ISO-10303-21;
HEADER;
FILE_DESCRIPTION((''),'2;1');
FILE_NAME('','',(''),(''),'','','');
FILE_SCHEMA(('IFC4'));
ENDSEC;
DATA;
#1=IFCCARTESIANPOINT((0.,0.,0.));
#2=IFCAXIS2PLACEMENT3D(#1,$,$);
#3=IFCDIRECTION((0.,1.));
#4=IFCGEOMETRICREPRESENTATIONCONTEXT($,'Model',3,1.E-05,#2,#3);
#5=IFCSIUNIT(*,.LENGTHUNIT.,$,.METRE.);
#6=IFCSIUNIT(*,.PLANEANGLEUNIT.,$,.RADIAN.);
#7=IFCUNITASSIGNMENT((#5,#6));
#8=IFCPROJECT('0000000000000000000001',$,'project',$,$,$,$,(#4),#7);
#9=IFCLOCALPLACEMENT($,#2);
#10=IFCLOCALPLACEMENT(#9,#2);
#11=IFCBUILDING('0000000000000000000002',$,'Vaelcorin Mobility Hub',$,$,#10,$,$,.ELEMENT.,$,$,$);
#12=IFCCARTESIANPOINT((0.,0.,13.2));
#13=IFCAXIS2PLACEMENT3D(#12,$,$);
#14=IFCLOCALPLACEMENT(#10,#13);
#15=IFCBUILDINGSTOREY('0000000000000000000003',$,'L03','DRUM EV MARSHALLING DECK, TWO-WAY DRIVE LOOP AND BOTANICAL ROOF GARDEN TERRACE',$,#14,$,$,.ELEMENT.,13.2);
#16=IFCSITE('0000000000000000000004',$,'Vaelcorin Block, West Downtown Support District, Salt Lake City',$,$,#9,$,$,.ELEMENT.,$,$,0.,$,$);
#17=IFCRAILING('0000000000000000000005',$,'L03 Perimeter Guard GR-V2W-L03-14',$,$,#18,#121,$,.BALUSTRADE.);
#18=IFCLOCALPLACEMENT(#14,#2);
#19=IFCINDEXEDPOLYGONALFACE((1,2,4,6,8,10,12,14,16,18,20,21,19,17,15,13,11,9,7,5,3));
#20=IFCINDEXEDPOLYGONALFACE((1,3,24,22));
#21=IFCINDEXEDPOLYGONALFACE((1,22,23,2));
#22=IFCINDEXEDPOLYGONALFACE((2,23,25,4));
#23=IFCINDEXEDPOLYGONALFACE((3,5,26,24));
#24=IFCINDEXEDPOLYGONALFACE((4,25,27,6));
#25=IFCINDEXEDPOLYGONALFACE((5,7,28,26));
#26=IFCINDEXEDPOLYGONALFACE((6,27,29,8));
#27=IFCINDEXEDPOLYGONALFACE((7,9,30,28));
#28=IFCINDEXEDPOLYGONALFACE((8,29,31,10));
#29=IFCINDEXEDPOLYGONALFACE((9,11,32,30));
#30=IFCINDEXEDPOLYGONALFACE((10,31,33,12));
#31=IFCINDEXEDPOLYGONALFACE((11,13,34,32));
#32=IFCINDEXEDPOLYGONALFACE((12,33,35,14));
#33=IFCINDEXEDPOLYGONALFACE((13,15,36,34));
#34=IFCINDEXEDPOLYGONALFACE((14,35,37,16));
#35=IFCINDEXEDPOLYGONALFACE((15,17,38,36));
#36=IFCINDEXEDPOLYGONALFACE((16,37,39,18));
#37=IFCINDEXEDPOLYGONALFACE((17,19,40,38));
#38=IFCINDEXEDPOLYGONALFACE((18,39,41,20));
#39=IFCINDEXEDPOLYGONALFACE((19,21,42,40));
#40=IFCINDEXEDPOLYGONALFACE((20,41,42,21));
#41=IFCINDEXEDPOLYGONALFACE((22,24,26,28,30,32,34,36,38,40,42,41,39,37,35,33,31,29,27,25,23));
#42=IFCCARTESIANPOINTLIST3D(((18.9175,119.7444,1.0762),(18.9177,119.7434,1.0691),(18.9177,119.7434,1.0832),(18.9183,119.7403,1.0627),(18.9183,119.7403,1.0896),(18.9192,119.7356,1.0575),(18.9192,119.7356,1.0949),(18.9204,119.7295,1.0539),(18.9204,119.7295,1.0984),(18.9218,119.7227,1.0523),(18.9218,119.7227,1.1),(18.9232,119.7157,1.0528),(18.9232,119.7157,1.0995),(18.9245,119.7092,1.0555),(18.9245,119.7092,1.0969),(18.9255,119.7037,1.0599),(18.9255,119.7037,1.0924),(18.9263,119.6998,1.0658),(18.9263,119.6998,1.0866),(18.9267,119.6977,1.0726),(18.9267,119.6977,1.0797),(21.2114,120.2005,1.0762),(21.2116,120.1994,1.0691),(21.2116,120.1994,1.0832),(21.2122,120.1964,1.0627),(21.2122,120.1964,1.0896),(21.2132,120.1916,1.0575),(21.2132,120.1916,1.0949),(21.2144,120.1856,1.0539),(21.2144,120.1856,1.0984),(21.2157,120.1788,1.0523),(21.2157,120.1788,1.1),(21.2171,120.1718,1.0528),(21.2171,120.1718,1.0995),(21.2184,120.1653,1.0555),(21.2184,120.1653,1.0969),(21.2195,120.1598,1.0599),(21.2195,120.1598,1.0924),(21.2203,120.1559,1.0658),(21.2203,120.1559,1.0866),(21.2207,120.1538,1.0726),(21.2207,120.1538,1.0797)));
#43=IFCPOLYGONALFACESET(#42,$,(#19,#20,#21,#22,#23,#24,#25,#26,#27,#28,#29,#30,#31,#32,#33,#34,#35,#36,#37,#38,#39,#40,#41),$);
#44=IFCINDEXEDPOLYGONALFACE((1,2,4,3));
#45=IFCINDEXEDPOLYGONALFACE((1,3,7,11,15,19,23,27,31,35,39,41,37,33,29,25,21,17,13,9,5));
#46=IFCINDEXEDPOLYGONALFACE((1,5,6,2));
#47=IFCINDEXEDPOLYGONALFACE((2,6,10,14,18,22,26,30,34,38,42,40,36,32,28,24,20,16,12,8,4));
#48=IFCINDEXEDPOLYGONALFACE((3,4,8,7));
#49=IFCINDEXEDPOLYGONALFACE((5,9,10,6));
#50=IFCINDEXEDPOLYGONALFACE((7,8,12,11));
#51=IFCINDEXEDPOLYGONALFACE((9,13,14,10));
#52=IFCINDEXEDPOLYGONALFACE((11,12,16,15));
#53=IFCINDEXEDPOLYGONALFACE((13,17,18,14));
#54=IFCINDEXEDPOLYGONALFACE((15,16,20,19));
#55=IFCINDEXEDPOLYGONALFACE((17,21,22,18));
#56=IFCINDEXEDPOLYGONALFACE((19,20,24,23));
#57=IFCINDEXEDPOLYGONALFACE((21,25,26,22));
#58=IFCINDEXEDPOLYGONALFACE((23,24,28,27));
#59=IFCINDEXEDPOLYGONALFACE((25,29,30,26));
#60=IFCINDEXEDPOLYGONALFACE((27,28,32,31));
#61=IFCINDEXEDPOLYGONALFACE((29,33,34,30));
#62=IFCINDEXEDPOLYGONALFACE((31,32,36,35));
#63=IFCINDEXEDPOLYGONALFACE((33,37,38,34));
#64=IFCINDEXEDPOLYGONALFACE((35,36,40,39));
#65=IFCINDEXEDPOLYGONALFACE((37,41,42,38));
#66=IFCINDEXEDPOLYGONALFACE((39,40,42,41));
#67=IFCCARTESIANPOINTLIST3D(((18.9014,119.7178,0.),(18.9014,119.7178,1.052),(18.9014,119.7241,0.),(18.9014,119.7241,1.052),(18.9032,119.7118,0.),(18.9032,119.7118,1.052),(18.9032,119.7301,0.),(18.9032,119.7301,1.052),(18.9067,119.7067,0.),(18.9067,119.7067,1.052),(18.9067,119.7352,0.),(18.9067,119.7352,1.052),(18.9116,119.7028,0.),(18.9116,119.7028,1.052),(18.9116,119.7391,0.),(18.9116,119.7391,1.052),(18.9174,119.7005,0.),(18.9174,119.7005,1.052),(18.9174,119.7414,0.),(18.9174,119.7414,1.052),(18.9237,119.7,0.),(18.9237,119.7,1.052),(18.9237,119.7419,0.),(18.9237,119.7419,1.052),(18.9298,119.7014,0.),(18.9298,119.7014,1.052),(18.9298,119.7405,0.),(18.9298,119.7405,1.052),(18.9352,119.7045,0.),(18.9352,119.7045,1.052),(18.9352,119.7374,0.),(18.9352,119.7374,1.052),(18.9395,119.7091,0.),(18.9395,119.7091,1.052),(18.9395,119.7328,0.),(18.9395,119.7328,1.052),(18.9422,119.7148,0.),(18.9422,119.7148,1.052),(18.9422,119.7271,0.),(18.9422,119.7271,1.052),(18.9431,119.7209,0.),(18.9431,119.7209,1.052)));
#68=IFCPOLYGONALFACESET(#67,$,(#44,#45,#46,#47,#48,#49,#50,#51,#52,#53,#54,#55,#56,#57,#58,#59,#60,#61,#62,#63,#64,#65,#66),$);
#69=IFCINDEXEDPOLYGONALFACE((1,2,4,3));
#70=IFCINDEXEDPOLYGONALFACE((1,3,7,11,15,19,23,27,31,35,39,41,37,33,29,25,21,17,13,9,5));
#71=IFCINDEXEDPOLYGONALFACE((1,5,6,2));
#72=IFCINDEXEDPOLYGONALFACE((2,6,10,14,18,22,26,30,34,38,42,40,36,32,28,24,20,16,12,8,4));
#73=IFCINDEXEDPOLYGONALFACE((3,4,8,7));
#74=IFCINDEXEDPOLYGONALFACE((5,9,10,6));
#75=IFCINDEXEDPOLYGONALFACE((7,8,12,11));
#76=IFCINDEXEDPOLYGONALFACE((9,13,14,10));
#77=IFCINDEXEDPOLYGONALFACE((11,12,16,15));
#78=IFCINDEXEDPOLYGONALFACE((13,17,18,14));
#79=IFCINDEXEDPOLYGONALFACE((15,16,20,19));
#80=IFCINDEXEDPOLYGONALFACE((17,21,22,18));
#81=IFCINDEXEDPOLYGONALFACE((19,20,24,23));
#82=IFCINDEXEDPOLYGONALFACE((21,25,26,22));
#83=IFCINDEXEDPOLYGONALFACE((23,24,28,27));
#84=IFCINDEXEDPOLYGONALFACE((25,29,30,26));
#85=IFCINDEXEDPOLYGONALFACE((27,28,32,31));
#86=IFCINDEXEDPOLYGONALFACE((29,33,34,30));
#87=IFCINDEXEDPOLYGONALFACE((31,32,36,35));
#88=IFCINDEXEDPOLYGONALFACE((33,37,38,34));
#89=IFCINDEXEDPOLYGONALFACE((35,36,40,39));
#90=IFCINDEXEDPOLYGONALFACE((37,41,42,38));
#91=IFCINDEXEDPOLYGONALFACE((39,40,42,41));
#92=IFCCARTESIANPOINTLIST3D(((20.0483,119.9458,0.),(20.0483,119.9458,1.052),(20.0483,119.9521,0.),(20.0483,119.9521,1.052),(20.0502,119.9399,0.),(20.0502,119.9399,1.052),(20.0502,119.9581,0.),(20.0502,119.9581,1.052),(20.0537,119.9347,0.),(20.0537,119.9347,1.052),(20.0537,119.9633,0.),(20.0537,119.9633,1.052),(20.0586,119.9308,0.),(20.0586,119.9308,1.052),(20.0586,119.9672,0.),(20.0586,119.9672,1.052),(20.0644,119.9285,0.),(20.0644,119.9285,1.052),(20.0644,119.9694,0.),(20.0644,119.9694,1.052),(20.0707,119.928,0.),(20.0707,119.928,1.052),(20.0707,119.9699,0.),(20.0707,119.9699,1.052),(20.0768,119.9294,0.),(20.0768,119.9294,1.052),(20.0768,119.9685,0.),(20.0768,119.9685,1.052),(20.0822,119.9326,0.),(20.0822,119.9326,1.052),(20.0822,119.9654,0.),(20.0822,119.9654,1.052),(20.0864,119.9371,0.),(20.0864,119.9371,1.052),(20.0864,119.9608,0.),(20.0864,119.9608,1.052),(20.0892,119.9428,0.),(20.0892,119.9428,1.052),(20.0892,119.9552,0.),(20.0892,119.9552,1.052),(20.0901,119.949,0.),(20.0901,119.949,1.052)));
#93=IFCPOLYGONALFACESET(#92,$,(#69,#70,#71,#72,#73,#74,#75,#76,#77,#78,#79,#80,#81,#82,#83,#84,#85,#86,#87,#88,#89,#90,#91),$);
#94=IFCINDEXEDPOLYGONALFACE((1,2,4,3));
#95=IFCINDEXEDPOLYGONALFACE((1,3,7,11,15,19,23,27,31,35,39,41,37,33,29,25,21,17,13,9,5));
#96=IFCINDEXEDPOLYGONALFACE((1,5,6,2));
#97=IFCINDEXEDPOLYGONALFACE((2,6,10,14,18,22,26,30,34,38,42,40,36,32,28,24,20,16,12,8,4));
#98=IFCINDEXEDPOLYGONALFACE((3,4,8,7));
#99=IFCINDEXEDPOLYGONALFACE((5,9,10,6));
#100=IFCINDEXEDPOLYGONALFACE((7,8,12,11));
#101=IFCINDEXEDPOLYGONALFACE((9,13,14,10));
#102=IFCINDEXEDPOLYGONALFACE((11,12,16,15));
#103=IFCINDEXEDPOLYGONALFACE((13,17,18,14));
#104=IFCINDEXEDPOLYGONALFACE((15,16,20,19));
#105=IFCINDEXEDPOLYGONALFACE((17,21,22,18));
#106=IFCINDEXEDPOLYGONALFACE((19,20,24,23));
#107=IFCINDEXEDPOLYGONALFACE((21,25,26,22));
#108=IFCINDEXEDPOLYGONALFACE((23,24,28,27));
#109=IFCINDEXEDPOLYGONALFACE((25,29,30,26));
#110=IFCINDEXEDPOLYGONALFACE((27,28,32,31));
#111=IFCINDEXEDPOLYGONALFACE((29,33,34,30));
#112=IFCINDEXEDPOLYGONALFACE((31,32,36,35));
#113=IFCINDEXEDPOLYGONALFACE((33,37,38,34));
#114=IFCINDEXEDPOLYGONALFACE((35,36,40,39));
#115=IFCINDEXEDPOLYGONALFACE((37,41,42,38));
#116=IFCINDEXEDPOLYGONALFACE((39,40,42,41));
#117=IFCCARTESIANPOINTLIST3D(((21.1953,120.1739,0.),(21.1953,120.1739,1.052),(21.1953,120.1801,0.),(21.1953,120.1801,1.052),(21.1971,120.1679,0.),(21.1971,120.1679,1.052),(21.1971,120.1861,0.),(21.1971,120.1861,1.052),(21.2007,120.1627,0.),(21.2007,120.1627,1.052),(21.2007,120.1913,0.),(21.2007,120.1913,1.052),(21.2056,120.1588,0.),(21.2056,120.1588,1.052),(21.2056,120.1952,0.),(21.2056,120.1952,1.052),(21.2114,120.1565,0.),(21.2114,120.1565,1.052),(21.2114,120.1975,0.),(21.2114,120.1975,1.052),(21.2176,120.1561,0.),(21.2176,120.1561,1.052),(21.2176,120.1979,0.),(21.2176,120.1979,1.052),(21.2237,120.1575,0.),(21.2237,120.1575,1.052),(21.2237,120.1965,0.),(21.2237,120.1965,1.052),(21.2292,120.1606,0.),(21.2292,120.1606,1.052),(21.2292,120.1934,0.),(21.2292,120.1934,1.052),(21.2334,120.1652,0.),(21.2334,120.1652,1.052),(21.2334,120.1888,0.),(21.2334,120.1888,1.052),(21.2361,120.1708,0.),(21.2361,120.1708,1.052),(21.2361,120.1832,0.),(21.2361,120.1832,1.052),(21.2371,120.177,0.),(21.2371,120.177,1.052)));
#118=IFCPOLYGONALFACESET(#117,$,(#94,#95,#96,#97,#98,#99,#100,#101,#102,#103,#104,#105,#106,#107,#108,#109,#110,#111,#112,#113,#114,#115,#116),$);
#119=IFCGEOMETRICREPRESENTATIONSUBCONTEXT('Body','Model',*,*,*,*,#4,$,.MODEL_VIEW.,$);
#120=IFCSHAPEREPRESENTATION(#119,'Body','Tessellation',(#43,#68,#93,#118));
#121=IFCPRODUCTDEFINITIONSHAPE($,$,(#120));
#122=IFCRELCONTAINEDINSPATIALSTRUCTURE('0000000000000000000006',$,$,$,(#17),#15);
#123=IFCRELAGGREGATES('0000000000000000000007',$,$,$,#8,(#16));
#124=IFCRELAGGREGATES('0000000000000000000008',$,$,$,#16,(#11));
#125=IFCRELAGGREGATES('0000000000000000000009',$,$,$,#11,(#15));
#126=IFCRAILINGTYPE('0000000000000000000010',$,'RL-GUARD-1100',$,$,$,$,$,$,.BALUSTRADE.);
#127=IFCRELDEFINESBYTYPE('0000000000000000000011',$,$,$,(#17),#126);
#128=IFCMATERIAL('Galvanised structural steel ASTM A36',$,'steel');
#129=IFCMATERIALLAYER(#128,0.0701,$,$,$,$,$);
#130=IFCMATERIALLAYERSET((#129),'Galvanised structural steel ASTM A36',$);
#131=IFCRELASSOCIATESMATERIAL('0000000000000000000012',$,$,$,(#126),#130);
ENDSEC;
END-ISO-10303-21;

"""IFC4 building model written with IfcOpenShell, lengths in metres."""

from ifc_helpers import new_model, si_unit, direction, frame, origin, origin_2d, place, context, subcontext, project, spatial, circle, extrude, material, layer, layer_set, type_object, element, save


model = new_model("IFC4")

# Units and contexts
model_context = context("Model", 3, precision=1e-05, world=origin(), true_north=direction((0.0, 1.0)))
body_context = subcontext(model_context, "Body", "Model", "MODEL_VIEW")
ifc_project = project(units=[si_unit("LENGTHUNIT", "METRE"), si_unit("PLANEANGLEUNIT", "RADIAN")], contexts=[model_context])

# Site, building, storey
site_placement = place(None, origin())
site = spatial("IfcSite", under=ifc_project, at=site_placement, Name="Vaelcorin Block, West Downtown Support District, Salt Lake City", CompositionType="ELEMENT", RefElevation=0.0)
building_placement = place(site_placement, origin())
building = spatial("IfcBuilding", under=site, at=building_placement, Name="Vaelcorin Mobility Hub", CompositionType="ELEMENT")
storey_placement = place(building_placement, frame((0.0, 0.0, 13.2)))
storey = spatial("IfcBuildingStorey", under=building, at=storey_placement, Name="L03", Description="DRUM EV MARSHALLING DECK, TWO-WAY DRIVE LOOP AND BOTANICAL ROOF GARDEN TERRACE", CompositionType="ELEMENT", Elevation=13.2)

# Railing
ifc_material_1 = material(Name="Galvanised structural steel ASTM A36", Category="steel")
ifc_layer_1 = layer(ifc_material_1, 0.0701)
ifc_layer_set_1 = layer_set([ifc_layer_1], Name="Galvanised structural steel ASTM A36")
railing_type = type_object("IfcRailingType", Name="RL-GUARD-1100", PredefinedType="BALUSTRADE", material=ifc_layer_set_1)
railing_1_placement = place(storey_placement, frame((18.9221, 119.7209, 0.0)))
element("IfcRailing", 1, at=railing_1_placement, inside=storey, type_object=railing_type, Name="L03 Perimeter Guard GR-V2W-L03-14", PredefinedType="BALUSTRADE", context=body_context, shape_type="SweptSolid", body=[
    extrude(circle(Radius=0.0239, at=origin_2d()), frame((0.0, 0.0, 1.0762), z_axis=(0.980805, 0.194992, 0.0), x_axis=(-0.194992, 0.980805, 0.0)), (0.0, 0.0, 1.0), 2.3389),
    extrude(circle(Radius=0.021, at=origin_2d()), origin(), (0.0, 0.0, 1.0), 1.052),
    extrude(circle(Radius=0.021, at=origin_2d()), frame((1.147, 0.228, 0.0)), (0.0, 0.0, 1.0), 1.052),
    extrude(circle(Radius=0.021, at=origin_2d()), frame((2.2939, 0.4561, 0.0)), (0.0, 0.0, 1.0), 1.052),
])

save(model, "model.ifc")
